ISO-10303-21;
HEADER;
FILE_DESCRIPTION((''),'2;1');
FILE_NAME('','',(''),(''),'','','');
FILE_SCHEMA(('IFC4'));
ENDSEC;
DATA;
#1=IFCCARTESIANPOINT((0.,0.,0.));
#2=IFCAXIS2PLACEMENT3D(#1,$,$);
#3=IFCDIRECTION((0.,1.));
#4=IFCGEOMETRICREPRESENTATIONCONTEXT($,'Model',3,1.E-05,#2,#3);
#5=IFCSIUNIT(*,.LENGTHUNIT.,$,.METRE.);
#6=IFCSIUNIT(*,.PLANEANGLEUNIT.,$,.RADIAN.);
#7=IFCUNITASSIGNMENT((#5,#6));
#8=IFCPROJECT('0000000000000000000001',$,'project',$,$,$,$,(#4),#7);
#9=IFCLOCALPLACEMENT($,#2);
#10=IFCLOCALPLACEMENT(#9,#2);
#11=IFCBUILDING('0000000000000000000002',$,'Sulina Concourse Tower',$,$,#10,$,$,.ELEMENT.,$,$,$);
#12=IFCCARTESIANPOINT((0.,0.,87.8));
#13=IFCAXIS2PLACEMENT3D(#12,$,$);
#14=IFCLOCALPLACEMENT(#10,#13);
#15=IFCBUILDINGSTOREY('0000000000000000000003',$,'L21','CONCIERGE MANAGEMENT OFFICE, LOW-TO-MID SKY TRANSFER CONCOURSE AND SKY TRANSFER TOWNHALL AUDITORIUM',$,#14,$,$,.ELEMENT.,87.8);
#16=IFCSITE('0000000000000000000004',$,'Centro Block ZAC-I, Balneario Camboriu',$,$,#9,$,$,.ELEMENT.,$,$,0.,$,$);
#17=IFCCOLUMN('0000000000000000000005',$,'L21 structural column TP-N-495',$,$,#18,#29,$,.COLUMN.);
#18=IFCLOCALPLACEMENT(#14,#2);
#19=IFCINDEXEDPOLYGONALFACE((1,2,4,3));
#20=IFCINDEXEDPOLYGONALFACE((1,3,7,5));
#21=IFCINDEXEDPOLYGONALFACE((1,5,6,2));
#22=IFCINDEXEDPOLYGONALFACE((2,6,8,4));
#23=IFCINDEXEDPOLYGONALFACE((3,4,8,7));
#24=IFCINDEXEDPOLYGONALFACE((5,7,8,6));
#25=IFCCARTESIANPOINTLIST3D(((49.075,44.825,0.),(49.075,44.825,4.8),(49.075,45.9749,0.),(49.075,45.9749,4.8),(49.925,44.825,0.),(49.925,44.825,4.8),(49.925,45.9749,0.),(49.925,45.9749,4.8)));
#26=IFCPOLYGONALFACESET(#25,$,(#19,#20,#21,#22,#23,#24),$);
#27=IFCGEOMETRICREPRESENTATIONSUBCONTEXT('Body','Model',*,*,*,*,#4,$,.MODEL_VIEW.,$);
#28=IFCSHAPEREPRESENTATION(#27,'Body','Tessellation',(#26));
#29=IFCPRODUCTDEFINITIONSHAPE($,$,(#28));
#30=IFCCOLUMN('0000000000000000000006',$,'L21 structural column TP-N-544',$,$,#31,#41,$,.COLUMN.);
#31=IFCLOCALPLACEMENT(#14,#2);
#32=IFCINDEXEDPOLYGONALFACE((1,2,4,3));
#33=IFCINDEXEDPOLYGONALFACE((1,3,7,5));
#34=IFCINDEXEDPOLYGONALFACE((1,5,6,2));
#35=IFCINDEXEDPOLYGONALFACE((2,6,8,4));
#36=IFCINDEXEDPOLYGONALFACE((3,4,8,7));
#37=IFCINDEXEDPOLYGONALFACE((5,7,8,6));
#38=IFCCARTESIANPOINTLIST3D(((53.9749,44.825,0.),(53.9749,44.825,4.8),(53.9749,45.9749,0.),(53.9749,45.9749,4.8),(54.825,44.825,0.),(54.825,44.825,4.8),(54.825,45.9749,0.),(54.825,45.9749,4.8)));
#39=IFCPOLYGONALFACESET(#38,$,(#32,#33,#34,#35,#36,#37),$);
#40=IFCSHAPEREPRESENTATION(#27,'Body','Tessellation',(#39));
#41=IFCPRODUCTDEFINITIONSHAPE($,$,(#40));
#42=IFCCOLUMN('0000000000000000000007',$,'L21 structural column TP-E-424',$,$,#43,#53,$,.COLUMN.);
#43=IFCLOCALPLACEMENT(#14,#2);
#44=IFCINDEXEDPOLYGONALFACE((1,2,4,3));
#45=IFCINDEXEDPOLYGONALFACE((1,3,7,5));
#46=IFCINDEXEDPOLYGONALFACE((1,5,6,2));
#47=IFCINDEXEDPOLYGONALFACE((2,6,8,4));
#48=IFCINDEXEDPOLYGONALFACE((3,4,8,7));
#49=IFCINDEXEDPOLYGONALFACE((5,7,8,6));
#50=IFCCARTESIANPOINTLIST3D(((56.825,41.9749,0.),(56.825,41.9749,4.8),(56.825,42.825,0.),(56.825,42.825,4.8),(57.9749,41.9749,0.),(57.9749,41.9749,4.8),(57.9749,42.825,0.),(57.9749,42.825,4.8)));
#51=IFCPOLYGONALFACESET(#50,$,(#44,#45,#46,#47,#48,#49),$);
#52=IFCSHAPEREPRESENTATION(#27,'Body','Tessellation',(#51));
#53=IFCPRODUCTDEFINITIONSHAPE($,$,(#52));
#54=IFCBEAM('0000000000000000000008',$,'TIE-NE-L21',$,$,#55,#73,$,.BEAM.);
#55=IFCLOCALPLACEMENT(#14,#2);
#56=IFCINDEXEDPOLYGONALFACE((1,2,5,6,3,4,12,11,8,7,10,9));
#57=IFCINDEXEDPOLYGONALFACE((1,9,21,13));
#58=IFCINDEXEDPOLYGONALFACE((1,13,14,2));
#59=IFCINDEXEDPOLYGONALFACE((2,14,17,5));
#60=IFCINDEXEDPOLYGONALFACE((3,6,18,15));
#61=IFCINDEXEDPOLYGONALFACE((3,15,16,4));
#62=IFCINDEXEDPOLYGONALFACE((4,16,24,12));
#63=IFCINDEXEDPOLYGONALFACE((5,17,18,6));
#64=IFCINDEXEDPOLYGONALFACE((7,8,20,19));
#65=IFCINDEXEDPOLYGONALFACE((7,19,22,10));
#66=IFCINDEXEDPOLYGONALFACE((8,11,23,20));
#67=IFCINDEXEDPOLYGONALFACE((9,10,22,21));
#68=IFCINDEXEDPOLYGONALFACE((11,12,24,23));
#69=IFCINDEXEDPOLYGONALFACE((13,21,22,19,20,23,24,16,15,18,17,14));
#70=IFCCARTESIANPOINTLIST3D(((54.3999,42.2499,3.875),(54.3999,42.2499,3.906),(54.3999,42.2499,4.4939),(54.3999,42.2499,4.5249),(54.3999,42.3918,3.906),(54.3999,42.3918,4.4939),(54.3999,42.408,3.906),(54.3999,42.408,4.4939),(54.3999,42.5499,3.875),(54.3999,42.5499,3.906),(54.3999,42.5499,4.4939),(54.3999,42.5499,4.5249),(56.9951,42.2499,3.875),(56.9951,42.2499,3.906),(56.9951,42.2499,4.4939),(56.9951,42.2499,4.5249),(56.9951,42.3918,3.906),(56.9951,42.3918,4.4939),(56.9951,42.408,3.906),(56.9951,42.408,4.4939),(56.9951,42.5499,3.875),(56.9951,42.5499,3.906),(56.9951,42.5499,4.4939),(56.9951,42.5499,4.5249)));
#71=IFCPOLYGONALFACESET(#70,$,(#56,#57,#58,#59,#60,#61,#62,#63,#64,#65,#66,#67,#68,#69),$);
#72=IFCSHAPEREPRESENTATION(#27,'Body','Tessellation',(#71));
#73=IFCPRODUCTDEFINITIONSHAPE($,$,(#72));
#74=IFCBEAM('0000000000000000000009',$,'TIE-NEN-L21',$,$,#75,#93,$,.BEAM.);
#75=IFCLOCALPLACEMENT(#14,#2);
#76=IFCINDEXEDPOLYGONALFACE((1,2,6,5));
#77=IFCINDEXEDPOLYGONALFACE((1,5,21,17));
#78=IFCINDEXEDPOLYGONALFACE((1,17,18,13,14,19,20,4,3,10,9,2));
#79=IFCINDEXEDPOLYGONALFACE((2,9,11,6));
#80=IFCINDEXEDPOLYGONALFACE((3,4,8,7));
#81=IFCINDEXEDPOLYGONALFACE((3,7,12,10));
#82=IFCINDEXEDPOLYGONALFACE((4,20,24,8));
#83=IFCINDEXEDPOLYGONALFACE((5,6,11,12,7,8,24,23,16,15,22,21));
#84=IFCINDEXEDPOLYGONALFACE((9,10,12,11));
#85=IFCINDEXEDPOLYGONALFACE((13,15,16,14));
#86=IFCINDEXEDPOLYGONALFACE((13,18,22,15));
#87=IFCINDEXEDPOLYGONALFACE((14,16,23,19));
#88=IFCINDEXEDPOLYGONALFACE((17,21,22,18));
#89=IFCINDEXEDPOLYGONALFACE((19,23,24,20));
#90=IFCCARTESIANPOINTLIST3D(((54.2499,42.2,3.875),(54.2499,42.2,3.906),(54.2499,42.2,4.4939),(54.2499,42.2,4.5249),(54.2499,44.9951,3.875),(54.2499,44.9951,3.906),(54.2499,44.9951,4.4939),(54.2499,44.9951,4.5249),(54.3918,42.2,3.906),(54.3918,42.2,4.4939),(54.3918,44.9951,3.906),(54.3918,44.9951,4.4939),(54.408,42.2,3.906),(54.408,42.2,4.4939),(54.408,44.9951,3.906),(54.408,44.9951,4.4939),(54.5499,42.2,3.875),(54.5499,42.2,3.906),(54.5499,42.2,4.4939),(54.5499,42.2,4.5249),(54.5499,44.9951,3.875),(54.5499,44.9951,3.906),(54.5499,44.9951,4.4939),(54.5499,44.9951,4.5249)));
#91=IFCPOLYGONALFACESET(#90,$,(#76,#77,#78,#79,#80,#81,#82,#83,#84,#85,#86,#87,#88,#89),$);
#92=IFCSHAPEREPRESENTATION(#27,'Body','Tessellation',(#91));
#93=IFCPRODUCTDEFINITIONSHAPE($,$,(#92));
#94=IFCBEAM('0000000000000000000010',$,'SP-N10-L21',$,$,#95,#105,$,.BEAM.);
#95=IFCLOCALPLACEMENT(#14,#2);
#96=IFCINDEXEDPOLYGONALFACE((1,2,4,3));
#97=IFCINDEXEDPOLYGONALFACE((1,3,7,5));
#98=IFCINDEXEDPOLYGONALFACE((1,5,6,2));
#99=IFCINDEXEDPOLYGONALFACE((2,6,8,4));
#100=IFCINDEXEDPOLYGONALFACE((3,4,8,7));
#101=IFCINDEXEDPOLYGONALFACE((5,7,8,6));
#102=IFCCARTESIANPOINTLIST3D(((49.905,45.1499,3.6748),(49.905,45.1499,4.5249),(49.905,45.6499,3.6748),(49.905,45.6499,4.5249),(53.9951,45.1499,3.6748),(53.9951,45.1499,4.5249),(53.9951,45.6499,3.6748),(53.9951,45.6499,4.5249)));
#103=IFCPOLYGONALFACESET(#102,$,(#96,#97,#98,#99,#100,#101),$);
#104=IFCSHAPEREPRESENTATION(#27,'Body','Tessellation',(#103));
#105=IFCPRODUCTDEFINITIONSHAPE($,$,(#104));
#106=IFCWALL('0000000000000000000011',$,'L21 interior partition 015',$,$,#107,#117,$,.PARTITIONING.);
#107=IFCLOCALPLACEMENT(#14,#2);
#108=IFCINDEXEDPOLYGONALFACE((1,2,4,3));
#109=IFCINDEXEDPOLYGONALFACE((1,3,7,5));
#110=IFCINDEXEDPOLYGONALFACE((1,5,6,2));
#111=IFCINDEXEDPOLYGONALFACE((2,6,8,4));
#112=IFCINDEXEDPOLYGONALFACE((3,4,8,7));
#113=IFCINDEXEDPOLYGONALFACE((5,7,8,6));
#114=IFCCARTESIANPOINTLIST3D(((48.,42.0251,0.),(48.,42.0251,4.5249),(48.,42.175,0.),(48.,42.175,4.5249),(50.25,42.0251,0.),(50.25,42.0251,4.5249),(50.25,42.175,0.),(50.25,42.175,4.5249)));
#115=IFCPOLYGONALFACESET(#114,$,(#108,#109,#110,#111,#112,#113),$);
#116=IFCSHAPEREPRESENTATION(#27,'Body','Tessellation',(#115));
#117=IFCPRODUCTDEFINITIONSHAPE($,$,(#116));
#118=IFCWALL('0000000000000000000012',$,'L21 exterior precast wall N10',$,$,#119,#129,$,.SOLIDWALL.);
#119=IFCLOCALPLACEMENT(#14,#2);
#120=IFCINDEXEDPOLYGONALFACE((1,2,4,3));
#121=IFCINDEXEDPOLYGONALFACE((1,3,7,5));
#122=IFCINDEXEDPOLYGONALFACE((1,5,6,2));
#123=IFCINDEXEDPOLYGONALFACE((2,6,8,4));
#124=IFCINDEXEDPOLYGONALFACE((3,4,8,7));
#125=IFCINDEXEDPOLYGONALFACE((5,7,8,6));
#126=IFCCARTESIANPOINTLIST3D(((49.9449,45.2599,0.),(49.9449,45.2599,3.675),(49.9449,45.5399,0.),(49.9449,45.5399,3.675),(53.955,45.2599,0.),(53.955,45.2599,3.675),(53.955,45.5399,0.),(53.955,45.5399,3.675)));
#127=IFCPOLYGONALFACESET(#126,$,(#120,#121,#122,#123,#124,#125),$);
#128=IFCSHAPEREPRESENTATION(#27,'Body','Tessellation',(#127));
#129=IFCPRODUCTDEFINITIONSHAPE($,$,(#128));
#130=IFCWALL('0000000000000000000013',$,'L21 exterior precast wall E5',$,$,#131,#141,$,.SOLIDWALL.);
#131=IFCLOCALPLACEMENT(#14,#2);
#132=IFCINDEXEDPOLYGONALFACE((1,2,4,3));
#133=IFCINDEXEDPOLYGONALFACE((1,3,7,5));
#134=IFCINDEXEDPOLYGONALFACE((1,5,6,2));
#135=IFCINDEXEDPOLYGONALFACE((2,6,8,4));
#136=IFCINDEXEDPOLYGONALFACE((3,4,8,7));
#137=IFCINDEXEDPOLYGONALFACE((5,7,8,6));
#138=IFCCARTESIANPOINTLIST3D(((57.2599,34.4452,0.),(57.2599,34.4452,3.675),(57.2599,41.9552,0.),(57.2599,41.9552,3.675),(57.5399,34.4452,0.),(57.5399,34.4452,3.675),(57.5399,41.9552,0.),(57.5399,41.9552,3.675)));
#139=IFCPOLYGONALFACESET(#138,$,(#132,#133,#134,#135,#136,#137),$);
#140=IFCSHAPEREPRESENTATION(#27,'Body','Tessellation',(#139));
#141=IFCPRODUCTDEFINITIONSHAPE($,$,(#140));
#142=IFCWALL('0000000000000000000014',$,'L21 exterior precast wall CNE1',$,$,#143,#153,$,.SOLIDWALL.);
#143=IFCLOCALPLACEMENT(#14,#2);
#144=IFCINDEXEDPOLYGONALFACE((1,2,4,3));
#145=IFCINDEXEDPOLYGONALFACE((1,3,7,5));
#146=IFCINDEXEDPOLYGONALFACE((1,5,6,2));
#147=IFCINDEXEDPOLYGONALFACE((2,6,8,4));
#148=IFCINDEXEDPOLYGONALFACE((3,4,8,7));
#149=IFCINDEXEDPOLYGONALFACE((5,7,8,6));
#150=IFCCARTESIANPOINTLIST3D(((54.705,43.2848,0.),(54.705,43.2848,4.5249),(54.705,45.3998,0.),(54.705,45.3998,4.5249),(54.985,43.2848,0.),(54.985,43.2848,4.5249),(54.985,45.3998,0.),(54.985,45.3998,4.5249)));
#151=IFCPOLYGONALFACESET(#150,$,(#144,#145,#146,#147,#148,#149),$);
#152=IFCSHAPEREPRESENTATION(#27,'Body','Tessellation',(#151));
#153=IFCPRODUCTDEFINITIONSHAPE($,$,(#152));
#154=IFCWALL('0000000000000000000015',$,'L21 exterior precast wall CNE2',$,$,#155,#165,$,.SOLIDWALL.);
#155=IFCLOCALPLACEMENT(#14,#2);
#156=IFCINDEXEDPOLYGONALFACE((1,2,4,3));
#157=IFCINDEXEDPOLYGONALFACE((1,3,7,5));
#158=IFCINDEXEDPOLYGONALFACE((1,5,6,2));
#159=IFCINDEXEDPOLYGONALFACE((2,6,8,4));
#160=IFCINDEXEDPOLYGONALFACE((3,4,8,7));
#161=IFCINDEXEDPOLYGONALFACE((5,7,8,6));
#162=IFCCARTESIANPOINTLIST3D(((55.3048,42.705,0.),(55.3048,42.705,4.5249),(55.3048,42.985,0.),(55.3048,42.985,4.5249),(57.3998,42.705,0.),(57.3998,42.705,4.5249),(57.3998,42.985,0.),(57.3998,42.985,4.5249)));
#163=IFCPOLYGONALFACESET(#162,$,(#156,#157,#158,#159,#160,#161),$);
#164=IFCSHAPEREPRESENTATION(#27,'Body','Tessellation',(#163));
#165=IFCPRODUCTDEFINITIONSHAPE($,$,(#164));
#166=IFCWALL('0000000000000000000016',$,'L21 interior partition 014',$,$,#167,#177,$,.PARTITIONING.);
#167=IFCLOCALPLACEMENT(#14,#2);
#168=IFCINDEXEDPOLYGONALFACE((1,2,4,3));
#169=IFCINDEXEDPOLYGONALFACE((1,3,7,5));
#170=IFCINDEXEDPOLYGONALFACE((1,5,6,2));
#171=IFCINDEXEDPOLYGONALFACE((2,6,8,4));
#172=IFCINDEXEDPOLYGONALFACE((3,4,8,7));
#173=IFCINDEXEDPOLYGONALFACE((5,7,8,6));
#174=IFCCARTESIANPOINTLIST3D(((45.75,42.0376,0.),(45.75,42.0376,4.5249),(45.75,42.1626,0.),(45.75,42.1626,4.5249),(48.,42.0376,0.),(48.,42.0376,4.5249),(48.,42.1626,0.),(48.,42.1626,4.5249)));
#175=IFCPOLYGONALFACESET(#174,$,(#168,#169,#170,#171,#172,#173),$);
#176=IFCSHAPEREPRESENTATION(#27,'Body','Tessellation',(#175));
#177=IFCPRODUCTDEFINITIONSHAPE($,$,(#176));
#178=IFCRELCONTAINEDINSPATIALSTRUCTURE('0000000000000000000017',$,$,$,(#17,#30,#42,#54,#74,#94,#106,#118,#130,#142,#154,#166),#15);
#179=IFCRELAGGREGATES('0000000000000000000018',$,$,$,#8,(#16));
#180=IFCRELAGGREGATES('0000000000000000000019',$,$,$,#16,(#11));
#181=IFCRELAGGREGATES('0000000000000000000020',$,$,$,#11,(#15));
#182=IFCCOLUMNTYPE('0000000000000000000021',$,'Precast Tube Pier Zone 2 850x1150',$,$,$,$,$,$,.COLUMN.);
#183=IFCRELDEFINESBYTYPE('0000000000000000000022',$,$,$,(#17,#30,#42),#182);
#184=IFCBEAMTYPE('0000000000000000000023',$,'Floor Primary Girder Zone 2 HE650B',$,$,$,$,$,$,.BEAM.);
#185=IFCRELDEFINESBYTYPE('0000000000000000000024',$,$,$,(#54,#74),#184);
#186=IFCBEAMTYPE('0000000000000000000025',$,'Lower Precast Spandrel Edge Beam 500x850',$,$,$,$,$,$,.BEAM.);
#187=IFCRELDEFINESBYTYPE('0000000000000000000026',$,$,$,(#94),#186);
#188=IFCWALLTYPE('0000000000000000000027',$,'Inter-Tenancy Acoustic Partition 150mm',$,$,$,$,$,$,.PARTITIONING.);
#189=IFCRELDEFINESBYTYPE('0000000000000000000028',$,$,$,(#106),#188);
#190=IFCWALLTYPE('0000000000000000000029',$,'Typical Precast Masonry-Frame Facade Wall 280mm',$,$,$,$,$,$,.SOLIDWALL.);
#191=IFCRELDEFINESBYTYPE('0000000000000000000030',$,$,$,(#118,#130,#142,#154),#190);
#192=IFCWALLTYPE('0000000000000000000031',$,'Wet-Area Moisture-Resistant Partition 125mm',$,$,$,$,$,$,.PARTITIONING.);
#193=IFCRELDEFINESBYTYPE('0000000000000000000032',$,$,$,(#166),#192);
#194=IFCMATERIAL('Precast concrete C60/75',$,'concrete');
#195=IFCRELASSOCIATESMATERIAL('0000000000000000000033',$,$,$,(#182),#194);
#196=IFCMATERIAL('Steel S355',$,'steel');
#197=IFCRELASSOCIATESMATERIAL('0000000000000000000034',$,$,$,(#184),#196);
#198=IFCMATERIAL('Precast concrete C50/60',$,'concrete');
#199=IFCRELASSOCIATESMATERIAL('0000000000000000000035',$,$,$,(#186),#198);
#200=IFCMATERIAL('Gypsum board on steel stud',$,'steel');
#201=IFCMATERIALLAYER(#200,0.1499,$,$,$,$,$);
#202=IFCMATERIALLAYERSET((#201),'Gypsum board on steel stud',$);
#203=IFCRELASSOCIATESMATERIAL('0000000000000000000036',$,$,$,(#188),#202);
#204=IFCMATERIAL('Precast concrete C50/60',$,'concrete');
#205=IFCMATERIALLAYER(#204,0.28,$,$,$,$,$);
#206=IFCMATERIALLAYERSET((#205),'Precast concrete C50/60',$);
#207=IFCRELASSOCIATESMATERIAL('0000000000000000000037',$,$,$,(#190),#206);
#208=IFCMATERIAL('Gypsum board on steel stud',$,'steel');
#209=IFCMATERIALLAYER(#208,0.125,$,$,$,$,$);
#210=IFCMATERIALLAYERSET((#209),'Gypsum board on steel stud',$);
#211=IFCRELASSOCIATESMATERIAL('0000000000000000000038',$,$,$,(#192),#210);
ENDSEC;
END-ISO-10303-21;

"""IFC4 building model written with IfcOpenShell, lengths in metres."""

from ifc_helpers import new_model, si_unit, direction, frame, frame_2d, origin, origin_2d, place, context, subcontext, project, spatial, rectangle, i_section, extrude, material, layer, layer_set, material_profile, profile_set, type_object, element, save


model = new_model("IFC4")

# Units and contexts
model_context = context("Model", 3, precision=1e-05, world=origin(), true_north=direction((0.0, 1.0)))
body_context = subcontext(model_context, "Body", "Model", "MODEL_VIEW")
ifc_project = project(units=[si_unit("LENGTHUNIT", "METRE"), si_unit("PLANEANGLEUNIT", "RADIAN")], contexts=[model_context])

# Site, building, storey
site_placement = place(None, origin())
site = spatial("IfcSite", under=ifc_project, at=site_placement, Name="Centro Block ZAC-I, Balneario Camboriu", CompositionType="ELEMENT", RefElevation=0.0)
building_placement = place(site_placement, origin())
building = spatial("IfcBuilding", under=site, at=building_placement, Name="Sulina Concourse Tower", CompositionType="ELEMENT")
storey_placement = place(building_placement, frame((0.0, 0.0, 87.8)))
storey = spatial("IfcBuildingStorey", under=building, at=storey_placement, Name="L21", Description="CONCIERGE MANAGEMENT OFFICE, LOW-TO-MID SKY TRANSFER CONCOURSE AND SKY TRANSFER TOWNHALL AUDITORIUM", CompositionType="ELEMENT", Elevation=87.8)

# Columns
ifc_material_1 = material(Name="Precast concrete C60/75", Category="concrete")
ifc_material_profile_1 = material_profile(ifc_material_1, rectangle(XDim=0.8501, YDim=1.1499, at=origin_2d()), Name="PC 850x1150")
ifc_profile_set_1 = profile_set([ifc_material_profile_1], Name="Precast concrete C60/75")
column_type = type_object("IfcColumnType", Name="Precast Tube Pier Zone 2 850x1150", PredefinedType="COLUMN", material=ifc_profile_set_1)
for number, where, z_axis, x_axis, name in (
    (1, (49.5, 45.3999, 0.0), (0.0, 0.0, 1.0), (1.0, 0.0, 0.0), "L21 structural column TP-N-495"),
    (2, (54.3999, 45.3999, 0.0), (0.0, 0.0, 1.0), (1.0, 0.0, 0.0), "L21 structural column TP-N-544"),
    (3, (57.3999, 42.3999, 0.0), (0.0, 0.0, 1.0), (0.0, 1.0, 0.0), "L21 structural column TP-E-424"),
):
    element("IfcColumn", number, at=place(storey_placement, frame(where, z_axis=z_axis, x_axis=x_axis)), inside=storey, type_object=column_type, Name=name, PredefinedType="COLUMN", context=body_context, shape_type="SweptSolid", body=[
        extrude(rectangle(XDim=0.8501, YDim=1.1499, at=origin_2d()), origin(), (0.0, 0.0, 1.0), 4.8),
    ])

# Beams
ifc_material_2 = material(Name="Steel S355", Category="steel")
ifc_material_profile_2 = material_profile(ifc_material_2, i_section(OverallWidth=0.3, OverallDepth=0.6499, WebThickness=0.0161, FlangeThickness=0.031, at=origin_2d()), Name="HE 650 B")
ifc_profile_set_2 = profile_set([ifc_material_profile_2], Name="Steel S355")
beam_type_1 = type_object("IfcBeamType", Name="Floor Primary Girder Zone 2 HE650B", PredefinedType="BEAM", material=ifc_profile_set_2)
beam_1_placement = place(storey_placement, frame((54.3999, 42.3999, 4.2), z_axis=(1.0, 0.0, 0.0), x_axis=(0.0, 1.0, 0.0)))
element("IfcBeam", 4, at=beam_1_placement, inside=storey, type_object=beam_type_1, Name="TIE-NE-L21", PredefinedType="BEAM", context=body_context, shape_type="SweptSolid", body=[
    extrude(i_section(OverallWidth=0.3, OverallDepth=0.6499, WebThickness=0.0161, FlangeThickness=0.031, at=origin_2d()), origin(), (0.0, 0.0, 1.0), 2.5952),
])
beam_2_placement = place(storey_placement, frame((54.3999, 42.2, 4.2), z_axis=(0.0, 1.0, 0.0), x_axis=(-1.0, 0.0, 0.0)))
element("IfcBeam", 5, at=beam_2_placement, inside=storey, type_object=beam_type_1, Name="TIE-NEN-L21", PredefinedType="BEAM", context=body_context, shape_type="SweptSolid", body=[
    extrude(i_section(OverallWidth=0.3, OverallDepth=0.6499, WebThickness=0.0161, FlangeThickness=0.031, at=origin_2d()), origin(), (0.0, 0.0, 1.0), 2.7952),
])
ifc_material_3 = material(Name="Precast concrete C50/60", Category="concrete")
ifc_material_profile_3 = material_profile(ifc_material_3, rectangle(XDim=0.5, YDim=0.8501, at=origin_2d()), Name="RC 500x850")
ifc_profile_set_3 = profile_set([ifc_material_profile_3], Name="Precast concrete C50/60")
beam_type_2 = type_object("IfcBeamType", Name="Lower Precast Spandrel Edge Beam 500x850", PredefinedType="BEAM", material=ifc_profile_set_3)
beam_3_placement = place(storey_placement, frame((49.905, 45.3999, 4.0999), z_axis=(1.0, 0.0, 0.0), x_axis=(0.0, 1.0, 0.0)))
element("IfcBeam", 6, at=beam_3_placement, inside=storey, type_object=beam_type_2, Name="SP-N10-L21", PredefinedType="BEAM", context=body_context, shape_type="SweptSolid", body=[
    extrude(rectangle(XDim=0.5, YDim=0.8501, at=origin_2d()), origin(), (0.0, 0.0, 1.0), 4.0901),
])

# Walls
ifc_material_4 = material(Name="Gypsum board on steel stud", Category="steel")
ifc_layer_1 = layer(ifc_material_4, 0.1499)
ifc_layer_set_1 = layer_set([ifc_layer_1], Name="Gypsum board on steel stud")
wall_type_1 = type_object("IfcWallType", Name="Inter-Tenancy Acoustic Partition 150mm", PredefinedType="PARTITIONING", material=ifc_layer_set_1)
wall_1_placement = place(storey_placement, frame((48.0, 42.1001, 0.0), z_axis=(0.0, 0.0, 1.0), x_axis=(1.0, 0.0, 0.0)))
element("IfcWall", 7, at=wall_1_placement, inside=storey, type_object=wall_type_1, Name="L21 interior partition 015", PredefinedType="PARTITIONING", context=body_context, shape_type="SweptSolid", body=[
    extrude(rectangle(XDim=2.25, YDim=0.1499, at=frame_2d((1.125, 0.0))), origin(), (0.0, 0.0, 1.0), 4.5249),
])
ifc_material_5 = material(Name="Precast concrete C50/60", Category="concrete")
ifc_layer_2 = layer(ifc_material_5, 0.28)
ifc_layer_set_2 = layer_set([ifc_layer_2], Name="Precast concrete C50/60")
wall_type_2 = type_object("IfcWallType", Name="Typical Precast Masonry-Frame Facade Wall 280mm", PredefinedType="SOLIDWALL", material=ifc_layer_set_2)
wall_2_placement = place(storey_placement, frame((49.9451, 45.3999, 0.0), z_axis=(0.0, 0.0, 1.0), x_axis=(1.0, 0.0, 0.0)))
element("IfcWall", 8, at=wall_2_placement, inside=storey, type_object=wall_type_2, Name="L21 exterior precast wall N10", PredefinedType="SOLIDWALL", context=body_context, shape_type="SweptSolid", body=[
    extrude(rectangle(XDim=4.01, YDim=0.28, at=frame_2d((2.0049, 0.0))), origin(), (0.0, 0.0, 1.0), 3.675),
])
wall_3_placement = place(storey_placement, frame((57.3999, 41.9551, 0.0), z_axis=(0.0, 0.0, 1.0), x_axis=(0.0, -1.0, 0.0)))
element("IfcWall", 9, at=wall_3_placement, inside=storey, type_object=wall_type_2, Name="L21 exterior precast wall E5", PredefinedType="SOLIDWALL", context=body_context, shape_type="SweptSolid", body=[
    extrude(rectangle(XDim=7.51, YDim=0.28, at=frame_2d((3.7549, 0.0))), origin(), (0.0, 0.0, 1.0), 3.675),
])
wall_4_placement = place(storey_placement, frame((54.845, 45.3999, 0.0), z_axis=(0.0, 0.0, 1.0), x_axis=(0.0, -1.0, 0.0)))
element("IfcWall", 10, at=wall_4_placement, inside=storey, type_object=wall_type_2, Name="L21 exterior precast wall CNE1", PredefinedType="SOLIDWALL", context=body_context, shape_type="SweptSolid", body=[
    extrude(rectangle(XDim=2.115, YDim=0.28, at=frame_2d((1.0576, 0.0))), origin(), (0.0, 0.0, 1.0), 4.5249),
])
wall_5_placement = place(storey_placement, frame((55.3049, 42.845, 0.0), z_axis=(0.0, 0.0, 1.0), x_axis=(1.0, 0.0, 0.0)))
element("IfcWall", 11, at=wall_5_placement, inside=storey, type_object=wall_type_2, Name="L21 exterior precast wall CNE2", PredefinedType="SOLIDWALL", context=body_context, shape_type="SweptSolid", body=[
    extrude(rectangle(XDim=2.095, YDim=0.28, at=frame_2d((1.0474, 0.0))), origin(), (0.0, 0.0, 1.0), 4.5249),
])
ifc_material_6 = material(Name="Gypsum board on steel stud", Category="steel")
ifc_layer_3 = layer(ifc_material_6, 0.125)
ifc_layer_set_3 = layer_set([ifc_layer_3], Name="Gypsum board on steel stud")
wall_type_3 = type_object("IfcWallType", Name="Wet-Area Moisture-Resistant Partition 125mm", PredefinedType="PARTITIONING", material=ifc_layer_set_3)
wall_6_placement = place(storey_placement, frame((45.75, 42.1001, 0.0), z_axis=(0.0, 0.0, 1.0), x_axis=(1.0, 0.0, 0.0)))
element("IfcWall", 12, at=wall_6_placement, inside=storey, type_object=wall_type_3, Name="L21 interior partition 014", PredefinedType="PARTITIONING", context=body_context, shape_type="SweptSolid", body=[
    extrude(rectangle(XDim=2.25, YDim=0.125, at=frame_2d((1.125, 0.0))), origin(), (0.0, 0.0, 1.0), 4.5249),
])

save(model, "model.ifc")
